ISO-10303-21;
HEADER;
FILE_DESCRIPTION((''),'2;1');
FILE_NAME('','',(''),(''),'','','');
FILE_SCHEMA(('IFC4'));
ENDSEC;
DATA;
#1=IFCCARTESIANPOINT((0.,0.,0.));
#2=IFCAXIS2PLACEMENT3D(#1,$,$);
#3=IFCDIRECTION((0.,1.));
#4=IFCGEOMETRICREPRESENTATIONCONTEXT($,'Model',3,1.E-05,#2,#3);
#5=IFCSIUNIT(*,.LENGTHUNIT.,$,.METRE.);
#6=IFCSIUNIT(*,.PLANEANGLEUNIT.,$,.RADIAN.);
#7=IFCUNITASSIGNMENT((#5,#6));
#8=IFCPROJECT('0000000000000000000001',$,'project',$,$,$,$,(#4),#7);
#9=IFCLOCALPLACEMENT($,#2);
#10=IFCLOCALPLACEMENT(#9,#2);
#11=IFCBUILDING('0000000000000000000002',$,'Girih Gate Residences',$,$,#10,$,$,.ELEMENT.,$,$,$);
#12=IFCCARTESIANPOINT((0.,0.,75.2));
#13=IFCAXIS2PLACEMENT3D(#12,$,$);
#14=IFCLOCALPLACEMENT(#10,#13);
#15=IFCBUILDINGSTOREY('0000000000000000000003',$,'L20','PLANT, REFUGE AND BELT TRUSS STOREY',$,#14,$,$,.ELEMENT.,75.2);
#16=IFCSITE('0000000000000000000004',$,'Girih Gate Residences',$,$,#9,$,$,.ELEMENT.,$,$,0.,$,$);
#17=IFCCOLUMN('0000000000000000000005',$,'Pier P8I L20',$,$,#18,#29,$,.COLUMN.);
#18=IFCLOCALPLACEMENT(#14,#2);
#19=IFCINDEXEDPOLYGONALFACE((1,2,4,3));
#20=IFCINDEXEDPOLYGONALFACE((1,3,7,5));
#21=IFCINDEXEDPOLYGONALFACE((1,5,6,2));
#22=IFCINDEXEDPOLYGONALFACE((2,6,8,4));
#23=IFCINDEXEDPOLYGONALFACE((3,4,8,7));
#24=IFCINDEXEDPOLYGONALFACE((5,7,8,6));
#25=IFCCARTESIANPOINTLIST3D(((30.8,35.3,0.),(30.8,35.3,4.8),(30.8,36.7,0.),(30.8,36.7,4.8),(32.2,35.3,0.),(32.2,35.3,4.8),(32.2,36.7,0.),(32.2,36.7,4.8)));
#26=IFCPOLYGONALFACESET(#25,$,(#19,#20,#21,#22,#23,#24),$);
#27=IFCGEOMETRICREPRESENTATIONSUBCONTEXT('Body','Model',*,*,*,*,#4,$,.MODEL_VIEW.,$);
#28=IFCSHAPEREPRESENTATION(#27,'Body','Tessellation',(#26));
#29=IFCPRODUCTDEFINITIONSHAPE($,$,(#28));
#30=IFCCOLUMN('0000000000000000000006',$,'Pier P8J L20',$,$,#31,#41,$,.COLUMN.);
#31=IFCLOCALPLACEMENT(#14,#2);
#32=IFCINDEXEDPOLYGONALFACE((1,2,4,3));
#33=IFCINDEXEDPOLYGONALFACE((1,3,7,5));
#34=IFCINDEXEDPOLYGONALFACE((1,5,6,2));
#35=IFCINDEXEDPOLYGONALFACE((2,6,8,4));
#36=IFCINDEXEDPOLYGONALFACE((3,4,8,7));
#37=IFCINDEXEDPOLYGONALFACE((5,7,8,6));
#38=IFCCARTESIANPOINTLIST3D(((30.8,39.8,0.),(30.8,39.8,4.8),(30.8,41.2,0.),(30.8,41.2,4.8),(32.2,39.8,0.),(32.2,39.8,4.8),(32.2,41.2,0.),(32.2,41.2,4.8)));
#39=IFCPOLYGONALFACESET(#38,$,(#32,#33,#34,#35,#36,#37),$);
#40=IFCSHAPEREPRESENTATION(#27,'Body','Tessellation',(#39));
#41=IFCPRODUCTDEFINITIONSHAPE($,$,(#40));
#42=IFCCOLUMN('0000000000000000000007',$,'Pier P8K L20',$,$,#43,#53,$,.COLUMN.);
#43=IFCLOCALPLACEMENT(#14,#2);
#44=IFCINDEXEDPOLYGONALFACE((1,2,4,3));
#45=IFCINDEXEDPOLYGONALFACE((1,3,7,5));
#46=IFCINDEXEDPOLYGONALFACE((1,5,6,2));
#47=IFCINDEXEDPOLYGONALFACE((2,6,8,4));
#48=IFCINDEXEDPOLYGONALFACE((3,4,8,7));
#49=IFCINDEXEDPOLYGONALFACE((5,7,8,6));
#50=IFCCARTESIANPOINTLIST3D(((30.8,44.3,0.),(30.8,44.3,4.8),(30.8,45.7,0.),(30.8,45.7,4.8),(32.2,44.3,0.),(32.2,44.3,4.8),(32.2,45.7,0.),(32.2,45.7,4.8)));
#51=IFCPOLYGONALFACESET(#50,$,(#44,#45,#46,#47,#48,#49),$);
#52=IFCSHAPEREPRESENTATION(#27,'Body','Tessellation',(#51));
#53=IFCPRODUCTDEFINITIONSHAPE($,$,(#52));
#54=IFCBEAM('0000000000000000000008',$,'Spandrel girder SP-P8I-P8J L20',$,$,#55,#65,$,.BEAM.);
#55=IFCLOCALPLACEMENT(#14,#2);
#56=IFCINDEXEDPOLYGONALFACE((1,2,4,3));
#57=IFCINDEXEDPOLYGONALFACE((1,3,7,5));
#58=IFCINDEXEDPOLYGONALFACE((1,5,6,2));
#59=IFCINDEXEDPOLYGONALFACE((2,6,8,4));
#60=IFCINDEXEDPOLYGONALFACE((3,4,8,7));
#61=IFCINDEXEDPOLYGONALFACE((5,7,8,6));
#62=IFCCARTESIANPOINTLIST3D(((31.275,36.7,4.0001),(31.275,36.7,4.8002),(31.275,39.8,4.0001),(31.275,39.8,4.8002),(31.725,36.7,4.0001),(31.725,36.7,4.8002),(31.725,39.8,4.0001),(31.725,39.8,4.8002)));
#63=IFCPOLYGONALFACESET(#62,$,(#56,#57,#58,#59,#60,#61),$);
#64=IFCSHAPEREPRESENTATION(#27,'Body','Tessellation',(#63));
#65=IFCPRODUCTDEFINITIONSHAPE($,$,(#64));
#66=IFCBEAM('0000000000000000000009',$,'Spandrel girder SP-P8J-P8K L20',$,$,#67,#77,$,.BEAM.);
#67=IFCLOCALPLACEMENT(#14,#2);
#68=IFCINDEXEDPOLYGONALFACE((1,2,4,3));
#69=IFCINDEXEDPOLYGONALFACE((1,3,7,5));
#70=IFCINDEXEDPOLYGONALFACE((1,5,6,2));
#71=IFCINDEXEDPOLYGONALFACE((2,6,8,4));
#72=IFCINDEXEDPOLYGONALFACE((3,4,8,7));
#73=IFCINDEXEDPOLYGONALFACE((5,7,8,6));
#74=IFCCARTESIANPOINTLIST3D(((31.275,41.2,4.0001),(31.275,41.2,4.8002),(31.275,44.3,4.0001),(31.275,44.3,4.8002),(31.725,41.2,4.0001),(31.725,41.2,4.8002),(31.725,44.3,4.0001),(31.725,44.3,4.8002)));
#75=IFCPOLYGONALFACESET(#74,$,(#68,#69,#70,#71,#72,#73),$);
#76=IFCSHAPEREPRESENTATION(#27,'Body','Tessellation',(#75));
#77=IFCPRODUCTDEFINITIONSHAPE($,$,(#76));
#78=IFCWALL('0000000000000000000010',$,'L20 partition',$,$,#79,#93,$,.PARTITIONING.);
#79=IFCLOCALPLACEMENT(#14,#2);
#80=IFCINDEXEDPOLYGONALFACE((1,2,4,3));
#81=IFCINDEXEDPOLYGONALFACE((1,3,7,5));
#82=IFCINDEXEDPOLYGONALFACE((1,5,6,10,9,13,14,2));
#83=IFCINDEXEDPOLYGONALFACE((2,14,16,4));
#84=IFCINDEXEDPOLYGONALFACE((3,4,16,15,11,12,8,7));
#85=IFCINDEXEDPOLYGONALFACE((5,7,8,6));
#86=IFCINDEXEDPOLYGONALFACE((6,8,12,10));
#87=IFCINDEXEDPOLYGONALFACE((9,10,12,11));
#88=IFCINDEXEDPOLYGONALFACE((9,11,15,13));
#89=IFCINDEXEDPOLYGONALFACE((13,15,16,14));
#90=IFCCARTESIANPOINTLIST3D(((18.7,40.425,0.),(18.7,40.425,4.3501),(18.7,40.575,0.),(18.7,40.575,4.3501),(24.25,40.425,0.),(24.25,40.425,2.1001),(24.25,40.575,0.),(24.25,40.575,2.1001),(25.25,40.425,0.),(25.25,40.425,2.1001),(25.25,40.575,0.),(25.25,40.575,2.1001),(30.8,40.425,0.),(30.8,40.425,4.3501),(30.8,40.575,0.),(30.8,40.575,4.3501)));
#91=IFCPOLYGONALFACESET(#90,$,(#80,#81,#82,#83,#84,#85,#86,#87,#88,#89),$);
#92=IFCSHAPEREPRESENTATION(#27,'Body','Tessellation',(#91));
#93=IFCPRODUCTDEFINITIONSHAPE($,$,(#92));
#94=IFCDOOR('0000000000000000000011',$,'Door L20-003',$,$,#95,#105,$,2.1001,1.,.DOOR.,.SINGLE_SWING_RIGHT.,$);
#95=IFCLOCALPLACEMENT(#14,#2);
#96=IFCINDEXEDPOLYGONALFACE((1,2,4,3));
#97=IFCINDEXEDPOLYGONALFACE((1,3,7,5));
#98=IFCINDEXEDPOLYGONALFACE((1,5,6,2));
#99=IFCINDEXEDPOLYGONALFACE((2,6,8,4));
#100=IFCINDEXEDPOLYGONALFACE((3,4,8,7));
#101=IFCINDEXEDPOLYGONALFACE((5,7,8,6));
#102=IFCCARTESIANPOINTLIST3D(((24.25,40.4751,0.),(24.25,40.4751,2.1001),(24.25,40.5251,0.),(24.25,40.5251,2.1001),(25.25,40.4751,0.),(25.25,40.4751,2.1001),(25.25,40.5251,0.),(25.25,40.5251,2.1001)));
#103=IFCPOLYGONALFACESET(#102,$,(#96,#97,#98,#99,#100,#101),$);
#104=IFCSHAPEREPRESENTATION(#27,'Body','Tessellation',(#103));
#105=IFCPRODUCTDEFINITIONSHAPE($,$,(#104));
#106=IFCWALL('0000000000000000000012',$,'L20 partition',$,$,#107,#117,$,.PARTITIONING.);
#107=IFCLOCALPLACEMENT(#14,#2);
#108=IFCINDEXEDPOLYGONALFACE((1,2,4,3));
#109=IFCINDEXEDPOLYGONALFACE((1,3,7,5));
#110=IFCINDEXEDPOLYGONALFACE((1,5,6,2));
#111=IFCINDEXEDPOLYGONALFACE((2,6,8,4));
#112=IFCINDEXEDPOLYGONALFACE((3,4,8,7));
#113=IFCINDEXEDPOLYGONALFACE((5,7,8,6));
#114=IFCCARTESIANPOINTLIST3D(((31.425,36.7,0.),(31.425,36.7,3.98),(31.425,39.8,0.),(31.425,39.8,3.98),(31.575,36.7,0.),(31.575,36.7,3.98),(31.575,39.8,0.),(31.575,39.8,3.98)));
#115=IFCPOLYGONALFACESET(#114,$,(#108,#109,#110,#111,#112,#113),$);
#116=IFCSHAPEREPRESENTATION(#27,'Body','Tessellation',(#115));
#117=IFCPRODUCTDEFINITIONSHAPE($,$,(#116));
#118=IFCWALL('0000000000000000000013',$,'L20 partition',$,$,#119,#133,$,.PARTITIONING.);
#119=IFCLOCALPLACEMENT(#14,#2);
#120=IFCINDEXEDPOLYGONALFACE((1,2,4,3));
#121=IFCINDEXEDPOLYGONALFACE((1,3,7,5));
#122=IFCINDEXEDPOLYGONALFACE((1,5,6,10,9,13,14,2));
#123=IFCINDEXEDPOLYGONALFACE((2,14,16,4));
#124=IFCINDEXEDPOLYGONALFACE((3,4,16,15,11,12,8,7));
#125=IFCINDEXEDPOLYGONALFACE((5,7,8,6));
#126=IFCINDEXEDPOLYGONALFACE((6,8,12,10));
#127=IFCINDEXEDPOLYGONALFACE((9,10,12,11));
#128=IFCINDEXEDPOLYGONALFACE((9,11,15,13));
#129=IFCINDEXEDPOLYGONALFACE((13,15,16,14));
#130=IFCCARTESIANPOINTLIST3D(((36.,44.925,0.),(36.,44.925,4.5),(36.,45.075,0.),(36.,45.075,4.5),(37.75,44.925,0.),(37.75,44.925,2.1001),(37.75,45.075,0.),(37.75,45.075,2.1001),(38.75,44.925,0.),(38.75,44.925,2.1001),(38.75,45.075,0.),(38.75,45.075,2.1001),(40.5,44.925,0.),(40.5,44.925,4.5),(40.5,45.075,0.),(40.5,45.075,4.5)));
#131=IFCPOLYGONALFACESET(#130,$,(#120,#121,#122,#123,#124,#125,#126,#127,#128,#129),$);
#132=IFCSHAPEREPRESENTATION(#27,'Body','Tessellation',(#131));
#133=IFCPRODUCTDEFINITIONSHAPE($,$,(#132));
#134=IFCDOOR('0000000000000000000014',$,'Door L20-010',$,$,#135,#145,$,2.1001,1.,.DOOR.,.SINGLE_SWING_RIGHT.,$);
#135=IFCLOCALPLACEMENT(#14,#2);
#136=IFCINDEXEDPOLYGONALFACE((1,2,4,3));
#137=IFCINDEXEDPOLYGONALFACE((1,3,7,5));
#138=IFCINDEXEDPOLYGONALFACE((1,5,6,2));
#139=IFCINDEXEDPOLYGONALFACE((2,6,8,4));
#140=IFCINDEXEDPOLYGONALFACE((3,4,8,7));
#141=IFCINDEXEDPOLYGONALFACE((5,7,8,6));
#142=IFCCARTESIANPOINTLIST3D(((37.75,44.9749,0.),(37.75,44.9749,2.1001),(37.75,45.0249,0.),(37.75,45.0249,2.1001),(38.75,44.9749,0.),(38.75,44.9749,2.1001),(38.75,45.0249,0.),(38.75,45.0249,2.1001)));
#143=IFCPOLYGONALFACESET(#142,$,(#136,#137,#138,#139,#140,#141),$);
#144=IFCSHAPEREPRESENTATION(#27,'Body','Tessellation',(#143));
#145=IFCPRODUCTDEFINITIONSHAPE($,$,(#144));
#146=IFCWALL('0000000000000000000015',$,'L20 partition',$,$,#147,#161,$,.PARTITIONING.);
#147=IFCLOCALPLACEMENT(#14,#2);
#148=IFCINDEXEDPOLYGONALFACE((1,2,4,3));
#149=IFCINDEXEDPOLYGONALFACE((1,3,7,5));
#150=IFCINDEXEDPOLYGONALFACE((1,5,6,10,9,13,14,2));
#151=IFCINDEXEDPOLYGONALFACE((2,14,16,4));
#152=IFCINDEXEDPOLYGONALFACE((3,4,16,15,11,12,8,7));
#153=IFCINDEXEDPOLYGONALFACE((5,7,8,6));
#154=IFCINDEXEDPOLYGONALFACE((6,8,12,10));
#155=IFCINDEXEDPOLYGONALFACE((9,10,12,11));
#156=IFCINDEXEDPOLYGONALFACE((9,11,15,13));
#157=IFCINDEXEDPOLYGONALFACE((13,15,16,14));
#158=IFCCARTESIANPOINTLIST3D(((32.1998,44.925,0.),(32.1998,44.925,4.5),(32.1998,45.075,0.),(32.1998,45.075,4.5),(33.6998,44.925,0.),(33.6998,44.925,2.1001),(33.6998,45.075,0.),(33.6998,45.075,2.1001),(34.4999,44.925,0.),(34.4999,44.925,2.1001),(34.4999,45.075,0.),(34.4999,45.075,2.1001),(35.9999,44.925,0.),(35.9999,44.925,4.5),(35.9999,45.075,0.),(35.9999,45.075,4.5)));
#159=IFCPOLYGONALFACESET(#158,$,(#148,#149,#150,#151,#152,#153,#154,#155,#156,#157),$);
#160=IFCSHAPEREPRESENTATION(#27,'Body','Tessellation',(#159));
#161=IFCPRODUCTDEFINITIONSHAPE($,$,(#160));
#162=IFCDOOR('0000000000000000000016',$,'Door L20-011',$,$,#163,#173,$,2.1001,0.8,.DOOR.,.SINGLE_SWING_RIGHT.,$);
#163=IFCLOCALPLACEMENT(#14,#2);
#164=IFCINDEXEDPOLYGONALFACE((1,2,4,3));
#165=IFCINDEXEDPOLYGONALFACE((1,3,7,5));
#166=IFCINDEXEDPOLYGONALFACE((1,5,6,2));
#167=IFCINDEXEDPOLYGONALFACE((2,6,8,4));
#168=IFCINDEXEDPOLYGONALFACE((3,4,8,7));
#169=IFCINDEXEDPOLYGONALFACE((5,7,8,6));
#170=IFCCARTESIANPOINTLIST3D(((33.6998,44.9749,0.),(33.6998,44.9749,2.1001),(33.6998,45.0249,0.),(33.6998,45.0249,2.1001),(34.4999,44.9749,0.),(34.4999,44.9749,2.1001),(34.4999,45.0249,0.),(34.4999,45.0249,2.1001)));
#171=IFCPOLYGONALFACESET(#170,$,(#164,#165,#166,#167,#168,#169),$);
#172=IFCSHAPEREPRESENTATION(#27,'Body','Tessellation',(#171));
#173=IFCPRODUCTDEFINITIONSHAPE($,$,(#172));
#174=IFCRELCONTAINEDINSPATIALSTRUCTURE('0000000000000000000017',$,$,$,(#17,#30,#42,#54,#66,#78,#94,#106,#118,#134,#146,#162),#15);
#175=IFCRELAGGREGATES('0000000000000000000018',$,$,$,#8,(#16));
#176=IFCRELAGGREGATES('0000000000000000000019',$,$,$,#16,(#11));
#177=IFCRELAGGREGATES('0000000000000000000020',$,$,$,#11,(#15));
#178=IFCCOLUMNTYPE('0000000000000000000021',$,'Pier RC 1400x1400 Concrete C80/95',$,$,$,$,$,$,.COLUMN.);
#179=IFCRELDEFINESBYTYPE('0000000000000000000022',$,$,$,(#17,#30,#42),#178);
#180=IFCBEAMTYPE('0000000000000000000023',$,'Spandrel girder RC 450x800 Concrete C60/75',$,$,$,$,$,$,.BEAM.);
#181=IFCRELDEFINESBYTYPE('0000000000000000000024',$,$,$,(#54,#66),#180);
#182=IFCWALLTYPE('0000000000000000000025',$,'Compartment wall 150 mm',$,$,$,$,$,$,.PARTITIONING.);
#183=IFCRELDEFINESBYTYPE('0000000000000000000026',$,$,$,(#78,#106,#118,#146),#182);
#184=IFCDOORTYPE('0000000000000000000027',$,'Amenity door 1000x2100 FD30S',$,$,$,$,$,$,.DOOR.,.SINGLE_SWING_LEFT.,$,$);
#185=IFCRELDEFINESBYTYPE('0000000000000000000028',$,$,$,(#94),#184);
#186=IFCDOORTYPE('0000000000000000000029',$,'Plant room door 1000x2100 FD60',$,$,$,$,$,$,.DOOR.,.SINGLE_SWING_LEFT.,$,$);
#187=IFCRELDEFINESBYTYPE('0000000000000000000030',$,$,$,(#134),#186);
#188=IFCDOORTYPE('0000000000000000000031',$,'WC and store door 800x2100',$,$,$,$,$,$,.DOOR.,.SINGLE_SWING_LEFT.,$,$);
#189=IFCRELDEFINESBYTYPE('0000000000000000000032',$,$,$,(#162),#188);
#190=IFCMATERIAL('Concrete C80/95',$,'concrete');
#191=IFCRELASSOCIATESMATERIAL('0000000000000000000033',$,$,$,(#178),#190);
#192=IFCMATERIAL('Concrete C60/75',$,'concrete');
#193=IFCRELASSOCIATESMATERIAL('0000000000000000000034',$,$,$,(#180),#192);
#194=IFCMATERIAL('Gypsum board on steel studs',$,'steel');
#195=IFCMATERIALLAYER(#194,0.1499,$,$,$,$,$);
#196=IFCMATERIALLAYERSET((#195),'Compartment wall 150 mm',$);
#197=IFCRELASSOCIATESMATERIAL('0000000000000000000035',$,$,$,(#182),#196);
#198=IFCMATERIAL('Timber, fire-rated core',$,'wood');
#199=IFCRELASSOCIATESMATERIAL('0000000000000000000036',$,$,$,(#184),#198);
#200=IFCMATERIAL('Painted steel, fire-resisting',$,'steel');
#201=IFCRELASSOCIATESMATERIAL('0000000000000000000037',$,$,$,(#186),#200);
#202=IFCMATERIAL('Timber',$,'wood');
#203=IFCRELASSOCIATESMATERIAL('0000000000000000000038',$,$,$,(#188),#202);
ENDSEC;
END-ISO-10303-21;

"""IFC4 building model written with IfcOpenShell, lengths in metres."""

from ifc_helpers import new_model, si_unit, direction, frame, frame_2d, origin, origin_2d, place, context, subcontext, project, spatial, rectangle, extrude, material, layer, layer_set, material_profile, profile_set, type_object, element, fill, save


model = new_model("IFC4")

# Units and contexts
model_context = context("Model", 3, precision=1e-05, world=origin(), true_north=direction((0.0, 1.0)))
body_context = subcontext(model_context, "Body", "Model", "MODEL_VIEW")
ifc_project = project(units=[si_unit("LENGTHUNIT", "METRE"), si_unit("PLANEANGLEUNIT", "RADIAN")], contexts=[model_context])

# Site, building, storey
site_placement = place(None, origin())
site = spatial("IfcSite", under=ifc_project, at=site_placement, Name="Girih Gate Residences", CompositionType="ELEMENT", RefElevation=0.0)
building_placement = place(site_placement, origin())
building = spatial("IfcBuilding", under=site, at=building_placement, Name="Girih Gate Residences", CompositionType="ELEMENT")
storey_placement = place(building_placement, frame((0.0, 0.0, 75.2)))
storey = spatial("IfcBuildingStorey", under=building, at=storey_placement, Name="L20", Description="PLANT, REFUGE AND BELT TRUSS STOREY", CompositionType="ELEMENT", Elevation=75.2)

# Columns
ifc_material_1 = material(Name="Concrete C80/95", Category="concrete")
ifc_material_profile_1 = material_profile(ifc_material_1, rectangle(XDim=1.3999, YDim=1.3999, at=origin_2d()))
ifc_profile_set_1 = profile_set([ifc_material_profile_1], Name="Concrete C80/95")
column_type = type_object("IfcColumnType", Name="Pier RC 1400x1400 Concrete C80/95", PredefinedType="COLUMN", material=ifc_profile_set_1)
for number, where, z_axis, x_axis, name in (
    (1, (31.5, 36.0, 0.0), (0.0, 0.0, 1.0), (1.0, 0.0, 0.0), "Pier P8I L20"),
    (2, (31.5, 40.5, 0.0), (0.0, 0.0, 1.0), (1.0, 0.0, 0.0), "Pier P8J L20"),
    (3, (31.5, 45.0, 0.0), (0.0, 0.0, 1.0), (1.0, 0.0, 0.0), "Pier P8K L20"),
):
    element("IfcColumn", number, at=place(storey_placement, frame(where, z_axis=z_axis, x_axis=x_axis)), inside=storey, type_object=column_type, Name=name, PredefinedType="COLUMN", context=body_context, shape_type="SweptSolid", body=[
        extrude(rectangle(XDim=1.3999, YDim=1.3999, at=origin_2d()), origin(), (0.0, 0.0, 1.0), 4.8),
    ])

# Beams
ifc_material_2 = material(Name="Concrete C60/75", Category="concrete")
ifc_material_profile_2 = material_profile(ifc_material_2, rectangle(XDim=0.45, YDim=0.8, at=origin_2d()))
ifc_profile_set_2 = profile_set([ifc_material_profile_2], Name="Concrete C60/75")
beam_type = type_object("IfcBeamType", Name="Spandrel girder RC 450x800 Concrete C60/75", PredefinedType="BEAM", material=ifc_profile_set_2)
for number, where, z_axis, x_axis, name in (
    (4, (31.5, 36.7, 4.4001), (0.0, 1.0, 0.0), (-1.0, 0.0, 0.0), "Spandrel girder SP-P8I-P8J L20"),
    (5, (31.5, 41.2, 4.4001), (0.0, 1.0, 0.0), (-1.0, 0.0, 0.0), "Spandrel girder SP-P8J-P8K L20"),
):
    element("IfcBeam", number, at=place(storey_placement, frame(where, z_axis=z_axis, x_axis=x_axis)), inside=storey, type_object=beam_type, Name=name, PredefinedType="BEAM", context=body_context, shape_type="SweptSolid", body=[
        extrude(rectangle(XDim=0.45, YDim=0.8, at=origin_2d()), origin(), (0.0, 0.0, 1.0), 3.1001),
    ])

# Wall, opening, door
ifc_material_3 = material(Name="Gypsum board on steel studs", Category="steel")
ifc_layer_1 = layer(ifc_material_3, 0.1499)
ifc_layer_set_1 = layer_set([ifc_layer_1], Name="Compartment wall 150 mm")
wall_type_1 = type_object("IfcWallType", Name="Compartment wall 150 mm", PredefinedType="PARTITIONING", material=ifc_layer_set_1)
wall_1_placement = place(storey_placement, frame((30.8, 40.5, 0.0), z_axis=(0.0, 0.0, 1.0), x_axis=(-1.0, 0.0, 0.0)))
wall_1 = element("IfcWall", 6, at=wall_1_placement, inside=storey, type_object=wall_type_1, Name="L20 partition", PredefinedType="PARTITIONING", context=body_context, shape_type="SweptSolid", body=[
    extrude(rectangle(XDim=12.1001, YDim=0.1499, at=frame_2d((6.05, 0.0))), origin(), (0.0, 0.0, 1.0), 4.3501),
])
opening_1_placement = place(wall_1_placement, frame((5.55, 0.0, 0.0)))
opening_1 = element("IfcOpeningElement", 7, at=opening_1_placement, cuts=wall_1, PredefinedType="OPENING", context=body_context, shape_type="SweptSolid", body=[
    extrude(rectangle(XDim=1.0, YDim=2.1001, at=frame_2d((0.5, 1.05))), frame((0.0, 0.085, 0.0), z_axis=(0.0, -1.0, 0.0), x_axis=(1.0, 0.0, 0.0)), (0.0, 0.0, 1.0), 0.1699),
])
ifc_material_4 = material(Name="Timber, fire-rated core", Category="wood")
door_type_1 = type_object("IfcDoorType", Name="Amenity door 1000x2100 FD30S", OperationType="SINGLE_SWING_LEFT", PredefinedType="DOOR", material=ifc_material_4)
door_1_placement = place(opening_1_placement, origin())
door_1 = element("IfcDoor", 8, at=door_1_placement, inside=storey, type_object=door_type_1, Name="Door L20-003", OperationType="SINGLE_SWING_RIGHT", OverallHeight=2.1001, OverallWidth=1.0, PredefinedType="DOOR", context=body_context, shape_type="SweptSolid", body=[
    extrude(rectangle(XDim=1.0, YDim=2.1001, at=frame_2d((0.5, 1.05))), frame((0.0, 0.0249, 0.0), z_axis=(0.0, -1.0, 0.0), x_axis=(1.0, 0.0, 0.0)), (0.0, 0.0, 1.0), 0.05),
])
fill(opening_1, door_1)

# Wall
wall_2_placement = place(storey_placement, frame((31.5, 36.7, 0.0), z_axis=(0.0, 0.0, 1.0), x_axis=(0.0, 1.0, 0.0)))
element("IfcWall", 9, at=wall_2_placement, inside=storey, type_object=wall_type_1, Name="L20 partition", PredefinedType="PARTITIONING", context=body_context, shape_type="SweptSolid", body=[
    extrude(rectangle(XDim=3.1001, YDim=0.1499, at=frame_2d((1.55, 0.0))), origin(), (0.0, 0.0, 1.0), 3.98),
])

# Walls, openings, doors
ifc_material_5 = material(Name="Painted steel, fire-resisting", Category="steel")
wall_3_placement = place(storey_placement, frame((36.0, 45.0, 0.0), z_axis=(0.0, 0.0, 1.0), x_axis=(1.0, 0.0, 0.0)))
wall_3 = element("IfcWall", 10, at=wall_3_placement, inside=storey, type_object=wall_type_1, Name="L20 partition", PredefinedType="PARTITIONING", context=body_context, shape_type="SweptSolid", body=[
    extrude(rectangle(XDim=4.5, YDim=0.1499, at=frame_2d((2.25, 0.0))), origin(), (0.0, 0.0, 1.0), 4.5),
])
opening_2_placement = place(wall_3_placement, frame((1.75, 0.0, 0.0)))
opening_2 = element("IfcOpeningElement", 11, at=opening_2_placement, cuts=wall_3, PredefinedType="OPENING", context=body_context, shape_type="SweptSolid", body=[
    extrude(rectangle(XDim=1.0, YDim=2.1001, at=frame_2d((0.5, 1.05))), frame((0.0, 0.085, 0.0), z_axis=(0.0, -1.0, 0.0), x_axis=(1.0, 0.0, 0.0)), (0.0, 0.0, 1.0), 0.1699),
])
door_type_2 = type_object("IfcDoorType", Name="Plant room door 1000x2100 FD60", OperationType="SINGLE_SWING_LEFT", PredefinedType="DOOR", material=ifc_material_5)
door_2_placement = place(opening_2_placement, origin())
door_2 = element("IfcDoor", 12, at=door_2_placement, inside=storey, type_object=door_type_2, Name="Door L20-010", OperationType="SINGLE_SWING_RIGHT", OverallHeight=2.1001, OverallWidth=1.0, PredefinedType="DOOR", context=body_context, shape_type="SweptSolid", body=[
    extrude(rectangle(XDim=1.0, YDim=2.1001, at=frame_2d((0.5, 1.05))), frame((0.0, 0.0249, 0.0), z_axis=(0.0, -1.0, 0.0), x_axis=(1.0, 0.0, 0.0)), (0.0, 0.0, 1.0), 0.05),
])
fill(opening_2, door_2)
wall_4_placement = place(storey_placement, frame((32.2, 45.0, 0.0), z_axis=(0.0, 0.0, 1.0), x_axis=(1.0, 0.0, 0.0)))
wall_4 = element("IfcWall", 13, at=wall_4_placement, inside=storey, type_object=wall_type_1, Name="L20 partition", PredefinedType="PARTITIONING", context=body_context, shape_type="SweptSolid", body=[
    extrude(rectangle(XDim=3.8, YDim=0.1499, at=frame_2d((1.8999, 0.0))), origin(), (0.0, 0.0, 1.0), 4.5),
])
opening_3_placement = place(wall_4_placement, frame((1.5, 0.0, 0.0)))
opening_3 = element("IfcOpeningElement", 14, at=opening_3_placement, cuts=wall_4, PredefinedType="OPENING", context=body_context, shape_type="SweptSolid", body=[
    extrude(rectangle(XDim=0.8, YDim=2.1001, at=frame_2d((0.3999, 1.05))), frame((0.0, 0.085, 0.0), z_axis=(0.0, -1.0, 0.0), x_axis=(1.0, 0.0, 0.0)), (0.0, 0.0, 1.0), 0.1699),
])
ifc_material_6 = material(Name="Timber", Category="wood")
door_type_3 = type_object("IfcDoorType", Name="WC and store door 800x2100", OperationType="SINGLE_SWING_LEFT", PredefinedType="DOOR", material=ifc_material_6)
door_3_placement = place(opening_3_placement, origin())
door_3 = element("IfcDoor", 15, at=door_3_placement, inside=storey, type_object=door_type_3, Name="Door L20-011", OperationType="SINGLE_SWING_RIGHT", OverallHeight=2.1001, OverallWidth=0.8, PredefinedType="DOOR", context=body_context, shape_type="SweptSolid", body=[
    extrude(rectangle(XDim=0.8, YDim=2.1001, at=frame_2d((0.3999, 1.05))), frame((0.0, 0.0249, 0.0), z_axis=(0.0, -1.0, 0.0), x_axis=(1.0, 0.0, 0.0)), (0.0, 0.0, 1.0), 0.05),
])
fill(opening_3, door_3)

save(model, "model.ifc")
